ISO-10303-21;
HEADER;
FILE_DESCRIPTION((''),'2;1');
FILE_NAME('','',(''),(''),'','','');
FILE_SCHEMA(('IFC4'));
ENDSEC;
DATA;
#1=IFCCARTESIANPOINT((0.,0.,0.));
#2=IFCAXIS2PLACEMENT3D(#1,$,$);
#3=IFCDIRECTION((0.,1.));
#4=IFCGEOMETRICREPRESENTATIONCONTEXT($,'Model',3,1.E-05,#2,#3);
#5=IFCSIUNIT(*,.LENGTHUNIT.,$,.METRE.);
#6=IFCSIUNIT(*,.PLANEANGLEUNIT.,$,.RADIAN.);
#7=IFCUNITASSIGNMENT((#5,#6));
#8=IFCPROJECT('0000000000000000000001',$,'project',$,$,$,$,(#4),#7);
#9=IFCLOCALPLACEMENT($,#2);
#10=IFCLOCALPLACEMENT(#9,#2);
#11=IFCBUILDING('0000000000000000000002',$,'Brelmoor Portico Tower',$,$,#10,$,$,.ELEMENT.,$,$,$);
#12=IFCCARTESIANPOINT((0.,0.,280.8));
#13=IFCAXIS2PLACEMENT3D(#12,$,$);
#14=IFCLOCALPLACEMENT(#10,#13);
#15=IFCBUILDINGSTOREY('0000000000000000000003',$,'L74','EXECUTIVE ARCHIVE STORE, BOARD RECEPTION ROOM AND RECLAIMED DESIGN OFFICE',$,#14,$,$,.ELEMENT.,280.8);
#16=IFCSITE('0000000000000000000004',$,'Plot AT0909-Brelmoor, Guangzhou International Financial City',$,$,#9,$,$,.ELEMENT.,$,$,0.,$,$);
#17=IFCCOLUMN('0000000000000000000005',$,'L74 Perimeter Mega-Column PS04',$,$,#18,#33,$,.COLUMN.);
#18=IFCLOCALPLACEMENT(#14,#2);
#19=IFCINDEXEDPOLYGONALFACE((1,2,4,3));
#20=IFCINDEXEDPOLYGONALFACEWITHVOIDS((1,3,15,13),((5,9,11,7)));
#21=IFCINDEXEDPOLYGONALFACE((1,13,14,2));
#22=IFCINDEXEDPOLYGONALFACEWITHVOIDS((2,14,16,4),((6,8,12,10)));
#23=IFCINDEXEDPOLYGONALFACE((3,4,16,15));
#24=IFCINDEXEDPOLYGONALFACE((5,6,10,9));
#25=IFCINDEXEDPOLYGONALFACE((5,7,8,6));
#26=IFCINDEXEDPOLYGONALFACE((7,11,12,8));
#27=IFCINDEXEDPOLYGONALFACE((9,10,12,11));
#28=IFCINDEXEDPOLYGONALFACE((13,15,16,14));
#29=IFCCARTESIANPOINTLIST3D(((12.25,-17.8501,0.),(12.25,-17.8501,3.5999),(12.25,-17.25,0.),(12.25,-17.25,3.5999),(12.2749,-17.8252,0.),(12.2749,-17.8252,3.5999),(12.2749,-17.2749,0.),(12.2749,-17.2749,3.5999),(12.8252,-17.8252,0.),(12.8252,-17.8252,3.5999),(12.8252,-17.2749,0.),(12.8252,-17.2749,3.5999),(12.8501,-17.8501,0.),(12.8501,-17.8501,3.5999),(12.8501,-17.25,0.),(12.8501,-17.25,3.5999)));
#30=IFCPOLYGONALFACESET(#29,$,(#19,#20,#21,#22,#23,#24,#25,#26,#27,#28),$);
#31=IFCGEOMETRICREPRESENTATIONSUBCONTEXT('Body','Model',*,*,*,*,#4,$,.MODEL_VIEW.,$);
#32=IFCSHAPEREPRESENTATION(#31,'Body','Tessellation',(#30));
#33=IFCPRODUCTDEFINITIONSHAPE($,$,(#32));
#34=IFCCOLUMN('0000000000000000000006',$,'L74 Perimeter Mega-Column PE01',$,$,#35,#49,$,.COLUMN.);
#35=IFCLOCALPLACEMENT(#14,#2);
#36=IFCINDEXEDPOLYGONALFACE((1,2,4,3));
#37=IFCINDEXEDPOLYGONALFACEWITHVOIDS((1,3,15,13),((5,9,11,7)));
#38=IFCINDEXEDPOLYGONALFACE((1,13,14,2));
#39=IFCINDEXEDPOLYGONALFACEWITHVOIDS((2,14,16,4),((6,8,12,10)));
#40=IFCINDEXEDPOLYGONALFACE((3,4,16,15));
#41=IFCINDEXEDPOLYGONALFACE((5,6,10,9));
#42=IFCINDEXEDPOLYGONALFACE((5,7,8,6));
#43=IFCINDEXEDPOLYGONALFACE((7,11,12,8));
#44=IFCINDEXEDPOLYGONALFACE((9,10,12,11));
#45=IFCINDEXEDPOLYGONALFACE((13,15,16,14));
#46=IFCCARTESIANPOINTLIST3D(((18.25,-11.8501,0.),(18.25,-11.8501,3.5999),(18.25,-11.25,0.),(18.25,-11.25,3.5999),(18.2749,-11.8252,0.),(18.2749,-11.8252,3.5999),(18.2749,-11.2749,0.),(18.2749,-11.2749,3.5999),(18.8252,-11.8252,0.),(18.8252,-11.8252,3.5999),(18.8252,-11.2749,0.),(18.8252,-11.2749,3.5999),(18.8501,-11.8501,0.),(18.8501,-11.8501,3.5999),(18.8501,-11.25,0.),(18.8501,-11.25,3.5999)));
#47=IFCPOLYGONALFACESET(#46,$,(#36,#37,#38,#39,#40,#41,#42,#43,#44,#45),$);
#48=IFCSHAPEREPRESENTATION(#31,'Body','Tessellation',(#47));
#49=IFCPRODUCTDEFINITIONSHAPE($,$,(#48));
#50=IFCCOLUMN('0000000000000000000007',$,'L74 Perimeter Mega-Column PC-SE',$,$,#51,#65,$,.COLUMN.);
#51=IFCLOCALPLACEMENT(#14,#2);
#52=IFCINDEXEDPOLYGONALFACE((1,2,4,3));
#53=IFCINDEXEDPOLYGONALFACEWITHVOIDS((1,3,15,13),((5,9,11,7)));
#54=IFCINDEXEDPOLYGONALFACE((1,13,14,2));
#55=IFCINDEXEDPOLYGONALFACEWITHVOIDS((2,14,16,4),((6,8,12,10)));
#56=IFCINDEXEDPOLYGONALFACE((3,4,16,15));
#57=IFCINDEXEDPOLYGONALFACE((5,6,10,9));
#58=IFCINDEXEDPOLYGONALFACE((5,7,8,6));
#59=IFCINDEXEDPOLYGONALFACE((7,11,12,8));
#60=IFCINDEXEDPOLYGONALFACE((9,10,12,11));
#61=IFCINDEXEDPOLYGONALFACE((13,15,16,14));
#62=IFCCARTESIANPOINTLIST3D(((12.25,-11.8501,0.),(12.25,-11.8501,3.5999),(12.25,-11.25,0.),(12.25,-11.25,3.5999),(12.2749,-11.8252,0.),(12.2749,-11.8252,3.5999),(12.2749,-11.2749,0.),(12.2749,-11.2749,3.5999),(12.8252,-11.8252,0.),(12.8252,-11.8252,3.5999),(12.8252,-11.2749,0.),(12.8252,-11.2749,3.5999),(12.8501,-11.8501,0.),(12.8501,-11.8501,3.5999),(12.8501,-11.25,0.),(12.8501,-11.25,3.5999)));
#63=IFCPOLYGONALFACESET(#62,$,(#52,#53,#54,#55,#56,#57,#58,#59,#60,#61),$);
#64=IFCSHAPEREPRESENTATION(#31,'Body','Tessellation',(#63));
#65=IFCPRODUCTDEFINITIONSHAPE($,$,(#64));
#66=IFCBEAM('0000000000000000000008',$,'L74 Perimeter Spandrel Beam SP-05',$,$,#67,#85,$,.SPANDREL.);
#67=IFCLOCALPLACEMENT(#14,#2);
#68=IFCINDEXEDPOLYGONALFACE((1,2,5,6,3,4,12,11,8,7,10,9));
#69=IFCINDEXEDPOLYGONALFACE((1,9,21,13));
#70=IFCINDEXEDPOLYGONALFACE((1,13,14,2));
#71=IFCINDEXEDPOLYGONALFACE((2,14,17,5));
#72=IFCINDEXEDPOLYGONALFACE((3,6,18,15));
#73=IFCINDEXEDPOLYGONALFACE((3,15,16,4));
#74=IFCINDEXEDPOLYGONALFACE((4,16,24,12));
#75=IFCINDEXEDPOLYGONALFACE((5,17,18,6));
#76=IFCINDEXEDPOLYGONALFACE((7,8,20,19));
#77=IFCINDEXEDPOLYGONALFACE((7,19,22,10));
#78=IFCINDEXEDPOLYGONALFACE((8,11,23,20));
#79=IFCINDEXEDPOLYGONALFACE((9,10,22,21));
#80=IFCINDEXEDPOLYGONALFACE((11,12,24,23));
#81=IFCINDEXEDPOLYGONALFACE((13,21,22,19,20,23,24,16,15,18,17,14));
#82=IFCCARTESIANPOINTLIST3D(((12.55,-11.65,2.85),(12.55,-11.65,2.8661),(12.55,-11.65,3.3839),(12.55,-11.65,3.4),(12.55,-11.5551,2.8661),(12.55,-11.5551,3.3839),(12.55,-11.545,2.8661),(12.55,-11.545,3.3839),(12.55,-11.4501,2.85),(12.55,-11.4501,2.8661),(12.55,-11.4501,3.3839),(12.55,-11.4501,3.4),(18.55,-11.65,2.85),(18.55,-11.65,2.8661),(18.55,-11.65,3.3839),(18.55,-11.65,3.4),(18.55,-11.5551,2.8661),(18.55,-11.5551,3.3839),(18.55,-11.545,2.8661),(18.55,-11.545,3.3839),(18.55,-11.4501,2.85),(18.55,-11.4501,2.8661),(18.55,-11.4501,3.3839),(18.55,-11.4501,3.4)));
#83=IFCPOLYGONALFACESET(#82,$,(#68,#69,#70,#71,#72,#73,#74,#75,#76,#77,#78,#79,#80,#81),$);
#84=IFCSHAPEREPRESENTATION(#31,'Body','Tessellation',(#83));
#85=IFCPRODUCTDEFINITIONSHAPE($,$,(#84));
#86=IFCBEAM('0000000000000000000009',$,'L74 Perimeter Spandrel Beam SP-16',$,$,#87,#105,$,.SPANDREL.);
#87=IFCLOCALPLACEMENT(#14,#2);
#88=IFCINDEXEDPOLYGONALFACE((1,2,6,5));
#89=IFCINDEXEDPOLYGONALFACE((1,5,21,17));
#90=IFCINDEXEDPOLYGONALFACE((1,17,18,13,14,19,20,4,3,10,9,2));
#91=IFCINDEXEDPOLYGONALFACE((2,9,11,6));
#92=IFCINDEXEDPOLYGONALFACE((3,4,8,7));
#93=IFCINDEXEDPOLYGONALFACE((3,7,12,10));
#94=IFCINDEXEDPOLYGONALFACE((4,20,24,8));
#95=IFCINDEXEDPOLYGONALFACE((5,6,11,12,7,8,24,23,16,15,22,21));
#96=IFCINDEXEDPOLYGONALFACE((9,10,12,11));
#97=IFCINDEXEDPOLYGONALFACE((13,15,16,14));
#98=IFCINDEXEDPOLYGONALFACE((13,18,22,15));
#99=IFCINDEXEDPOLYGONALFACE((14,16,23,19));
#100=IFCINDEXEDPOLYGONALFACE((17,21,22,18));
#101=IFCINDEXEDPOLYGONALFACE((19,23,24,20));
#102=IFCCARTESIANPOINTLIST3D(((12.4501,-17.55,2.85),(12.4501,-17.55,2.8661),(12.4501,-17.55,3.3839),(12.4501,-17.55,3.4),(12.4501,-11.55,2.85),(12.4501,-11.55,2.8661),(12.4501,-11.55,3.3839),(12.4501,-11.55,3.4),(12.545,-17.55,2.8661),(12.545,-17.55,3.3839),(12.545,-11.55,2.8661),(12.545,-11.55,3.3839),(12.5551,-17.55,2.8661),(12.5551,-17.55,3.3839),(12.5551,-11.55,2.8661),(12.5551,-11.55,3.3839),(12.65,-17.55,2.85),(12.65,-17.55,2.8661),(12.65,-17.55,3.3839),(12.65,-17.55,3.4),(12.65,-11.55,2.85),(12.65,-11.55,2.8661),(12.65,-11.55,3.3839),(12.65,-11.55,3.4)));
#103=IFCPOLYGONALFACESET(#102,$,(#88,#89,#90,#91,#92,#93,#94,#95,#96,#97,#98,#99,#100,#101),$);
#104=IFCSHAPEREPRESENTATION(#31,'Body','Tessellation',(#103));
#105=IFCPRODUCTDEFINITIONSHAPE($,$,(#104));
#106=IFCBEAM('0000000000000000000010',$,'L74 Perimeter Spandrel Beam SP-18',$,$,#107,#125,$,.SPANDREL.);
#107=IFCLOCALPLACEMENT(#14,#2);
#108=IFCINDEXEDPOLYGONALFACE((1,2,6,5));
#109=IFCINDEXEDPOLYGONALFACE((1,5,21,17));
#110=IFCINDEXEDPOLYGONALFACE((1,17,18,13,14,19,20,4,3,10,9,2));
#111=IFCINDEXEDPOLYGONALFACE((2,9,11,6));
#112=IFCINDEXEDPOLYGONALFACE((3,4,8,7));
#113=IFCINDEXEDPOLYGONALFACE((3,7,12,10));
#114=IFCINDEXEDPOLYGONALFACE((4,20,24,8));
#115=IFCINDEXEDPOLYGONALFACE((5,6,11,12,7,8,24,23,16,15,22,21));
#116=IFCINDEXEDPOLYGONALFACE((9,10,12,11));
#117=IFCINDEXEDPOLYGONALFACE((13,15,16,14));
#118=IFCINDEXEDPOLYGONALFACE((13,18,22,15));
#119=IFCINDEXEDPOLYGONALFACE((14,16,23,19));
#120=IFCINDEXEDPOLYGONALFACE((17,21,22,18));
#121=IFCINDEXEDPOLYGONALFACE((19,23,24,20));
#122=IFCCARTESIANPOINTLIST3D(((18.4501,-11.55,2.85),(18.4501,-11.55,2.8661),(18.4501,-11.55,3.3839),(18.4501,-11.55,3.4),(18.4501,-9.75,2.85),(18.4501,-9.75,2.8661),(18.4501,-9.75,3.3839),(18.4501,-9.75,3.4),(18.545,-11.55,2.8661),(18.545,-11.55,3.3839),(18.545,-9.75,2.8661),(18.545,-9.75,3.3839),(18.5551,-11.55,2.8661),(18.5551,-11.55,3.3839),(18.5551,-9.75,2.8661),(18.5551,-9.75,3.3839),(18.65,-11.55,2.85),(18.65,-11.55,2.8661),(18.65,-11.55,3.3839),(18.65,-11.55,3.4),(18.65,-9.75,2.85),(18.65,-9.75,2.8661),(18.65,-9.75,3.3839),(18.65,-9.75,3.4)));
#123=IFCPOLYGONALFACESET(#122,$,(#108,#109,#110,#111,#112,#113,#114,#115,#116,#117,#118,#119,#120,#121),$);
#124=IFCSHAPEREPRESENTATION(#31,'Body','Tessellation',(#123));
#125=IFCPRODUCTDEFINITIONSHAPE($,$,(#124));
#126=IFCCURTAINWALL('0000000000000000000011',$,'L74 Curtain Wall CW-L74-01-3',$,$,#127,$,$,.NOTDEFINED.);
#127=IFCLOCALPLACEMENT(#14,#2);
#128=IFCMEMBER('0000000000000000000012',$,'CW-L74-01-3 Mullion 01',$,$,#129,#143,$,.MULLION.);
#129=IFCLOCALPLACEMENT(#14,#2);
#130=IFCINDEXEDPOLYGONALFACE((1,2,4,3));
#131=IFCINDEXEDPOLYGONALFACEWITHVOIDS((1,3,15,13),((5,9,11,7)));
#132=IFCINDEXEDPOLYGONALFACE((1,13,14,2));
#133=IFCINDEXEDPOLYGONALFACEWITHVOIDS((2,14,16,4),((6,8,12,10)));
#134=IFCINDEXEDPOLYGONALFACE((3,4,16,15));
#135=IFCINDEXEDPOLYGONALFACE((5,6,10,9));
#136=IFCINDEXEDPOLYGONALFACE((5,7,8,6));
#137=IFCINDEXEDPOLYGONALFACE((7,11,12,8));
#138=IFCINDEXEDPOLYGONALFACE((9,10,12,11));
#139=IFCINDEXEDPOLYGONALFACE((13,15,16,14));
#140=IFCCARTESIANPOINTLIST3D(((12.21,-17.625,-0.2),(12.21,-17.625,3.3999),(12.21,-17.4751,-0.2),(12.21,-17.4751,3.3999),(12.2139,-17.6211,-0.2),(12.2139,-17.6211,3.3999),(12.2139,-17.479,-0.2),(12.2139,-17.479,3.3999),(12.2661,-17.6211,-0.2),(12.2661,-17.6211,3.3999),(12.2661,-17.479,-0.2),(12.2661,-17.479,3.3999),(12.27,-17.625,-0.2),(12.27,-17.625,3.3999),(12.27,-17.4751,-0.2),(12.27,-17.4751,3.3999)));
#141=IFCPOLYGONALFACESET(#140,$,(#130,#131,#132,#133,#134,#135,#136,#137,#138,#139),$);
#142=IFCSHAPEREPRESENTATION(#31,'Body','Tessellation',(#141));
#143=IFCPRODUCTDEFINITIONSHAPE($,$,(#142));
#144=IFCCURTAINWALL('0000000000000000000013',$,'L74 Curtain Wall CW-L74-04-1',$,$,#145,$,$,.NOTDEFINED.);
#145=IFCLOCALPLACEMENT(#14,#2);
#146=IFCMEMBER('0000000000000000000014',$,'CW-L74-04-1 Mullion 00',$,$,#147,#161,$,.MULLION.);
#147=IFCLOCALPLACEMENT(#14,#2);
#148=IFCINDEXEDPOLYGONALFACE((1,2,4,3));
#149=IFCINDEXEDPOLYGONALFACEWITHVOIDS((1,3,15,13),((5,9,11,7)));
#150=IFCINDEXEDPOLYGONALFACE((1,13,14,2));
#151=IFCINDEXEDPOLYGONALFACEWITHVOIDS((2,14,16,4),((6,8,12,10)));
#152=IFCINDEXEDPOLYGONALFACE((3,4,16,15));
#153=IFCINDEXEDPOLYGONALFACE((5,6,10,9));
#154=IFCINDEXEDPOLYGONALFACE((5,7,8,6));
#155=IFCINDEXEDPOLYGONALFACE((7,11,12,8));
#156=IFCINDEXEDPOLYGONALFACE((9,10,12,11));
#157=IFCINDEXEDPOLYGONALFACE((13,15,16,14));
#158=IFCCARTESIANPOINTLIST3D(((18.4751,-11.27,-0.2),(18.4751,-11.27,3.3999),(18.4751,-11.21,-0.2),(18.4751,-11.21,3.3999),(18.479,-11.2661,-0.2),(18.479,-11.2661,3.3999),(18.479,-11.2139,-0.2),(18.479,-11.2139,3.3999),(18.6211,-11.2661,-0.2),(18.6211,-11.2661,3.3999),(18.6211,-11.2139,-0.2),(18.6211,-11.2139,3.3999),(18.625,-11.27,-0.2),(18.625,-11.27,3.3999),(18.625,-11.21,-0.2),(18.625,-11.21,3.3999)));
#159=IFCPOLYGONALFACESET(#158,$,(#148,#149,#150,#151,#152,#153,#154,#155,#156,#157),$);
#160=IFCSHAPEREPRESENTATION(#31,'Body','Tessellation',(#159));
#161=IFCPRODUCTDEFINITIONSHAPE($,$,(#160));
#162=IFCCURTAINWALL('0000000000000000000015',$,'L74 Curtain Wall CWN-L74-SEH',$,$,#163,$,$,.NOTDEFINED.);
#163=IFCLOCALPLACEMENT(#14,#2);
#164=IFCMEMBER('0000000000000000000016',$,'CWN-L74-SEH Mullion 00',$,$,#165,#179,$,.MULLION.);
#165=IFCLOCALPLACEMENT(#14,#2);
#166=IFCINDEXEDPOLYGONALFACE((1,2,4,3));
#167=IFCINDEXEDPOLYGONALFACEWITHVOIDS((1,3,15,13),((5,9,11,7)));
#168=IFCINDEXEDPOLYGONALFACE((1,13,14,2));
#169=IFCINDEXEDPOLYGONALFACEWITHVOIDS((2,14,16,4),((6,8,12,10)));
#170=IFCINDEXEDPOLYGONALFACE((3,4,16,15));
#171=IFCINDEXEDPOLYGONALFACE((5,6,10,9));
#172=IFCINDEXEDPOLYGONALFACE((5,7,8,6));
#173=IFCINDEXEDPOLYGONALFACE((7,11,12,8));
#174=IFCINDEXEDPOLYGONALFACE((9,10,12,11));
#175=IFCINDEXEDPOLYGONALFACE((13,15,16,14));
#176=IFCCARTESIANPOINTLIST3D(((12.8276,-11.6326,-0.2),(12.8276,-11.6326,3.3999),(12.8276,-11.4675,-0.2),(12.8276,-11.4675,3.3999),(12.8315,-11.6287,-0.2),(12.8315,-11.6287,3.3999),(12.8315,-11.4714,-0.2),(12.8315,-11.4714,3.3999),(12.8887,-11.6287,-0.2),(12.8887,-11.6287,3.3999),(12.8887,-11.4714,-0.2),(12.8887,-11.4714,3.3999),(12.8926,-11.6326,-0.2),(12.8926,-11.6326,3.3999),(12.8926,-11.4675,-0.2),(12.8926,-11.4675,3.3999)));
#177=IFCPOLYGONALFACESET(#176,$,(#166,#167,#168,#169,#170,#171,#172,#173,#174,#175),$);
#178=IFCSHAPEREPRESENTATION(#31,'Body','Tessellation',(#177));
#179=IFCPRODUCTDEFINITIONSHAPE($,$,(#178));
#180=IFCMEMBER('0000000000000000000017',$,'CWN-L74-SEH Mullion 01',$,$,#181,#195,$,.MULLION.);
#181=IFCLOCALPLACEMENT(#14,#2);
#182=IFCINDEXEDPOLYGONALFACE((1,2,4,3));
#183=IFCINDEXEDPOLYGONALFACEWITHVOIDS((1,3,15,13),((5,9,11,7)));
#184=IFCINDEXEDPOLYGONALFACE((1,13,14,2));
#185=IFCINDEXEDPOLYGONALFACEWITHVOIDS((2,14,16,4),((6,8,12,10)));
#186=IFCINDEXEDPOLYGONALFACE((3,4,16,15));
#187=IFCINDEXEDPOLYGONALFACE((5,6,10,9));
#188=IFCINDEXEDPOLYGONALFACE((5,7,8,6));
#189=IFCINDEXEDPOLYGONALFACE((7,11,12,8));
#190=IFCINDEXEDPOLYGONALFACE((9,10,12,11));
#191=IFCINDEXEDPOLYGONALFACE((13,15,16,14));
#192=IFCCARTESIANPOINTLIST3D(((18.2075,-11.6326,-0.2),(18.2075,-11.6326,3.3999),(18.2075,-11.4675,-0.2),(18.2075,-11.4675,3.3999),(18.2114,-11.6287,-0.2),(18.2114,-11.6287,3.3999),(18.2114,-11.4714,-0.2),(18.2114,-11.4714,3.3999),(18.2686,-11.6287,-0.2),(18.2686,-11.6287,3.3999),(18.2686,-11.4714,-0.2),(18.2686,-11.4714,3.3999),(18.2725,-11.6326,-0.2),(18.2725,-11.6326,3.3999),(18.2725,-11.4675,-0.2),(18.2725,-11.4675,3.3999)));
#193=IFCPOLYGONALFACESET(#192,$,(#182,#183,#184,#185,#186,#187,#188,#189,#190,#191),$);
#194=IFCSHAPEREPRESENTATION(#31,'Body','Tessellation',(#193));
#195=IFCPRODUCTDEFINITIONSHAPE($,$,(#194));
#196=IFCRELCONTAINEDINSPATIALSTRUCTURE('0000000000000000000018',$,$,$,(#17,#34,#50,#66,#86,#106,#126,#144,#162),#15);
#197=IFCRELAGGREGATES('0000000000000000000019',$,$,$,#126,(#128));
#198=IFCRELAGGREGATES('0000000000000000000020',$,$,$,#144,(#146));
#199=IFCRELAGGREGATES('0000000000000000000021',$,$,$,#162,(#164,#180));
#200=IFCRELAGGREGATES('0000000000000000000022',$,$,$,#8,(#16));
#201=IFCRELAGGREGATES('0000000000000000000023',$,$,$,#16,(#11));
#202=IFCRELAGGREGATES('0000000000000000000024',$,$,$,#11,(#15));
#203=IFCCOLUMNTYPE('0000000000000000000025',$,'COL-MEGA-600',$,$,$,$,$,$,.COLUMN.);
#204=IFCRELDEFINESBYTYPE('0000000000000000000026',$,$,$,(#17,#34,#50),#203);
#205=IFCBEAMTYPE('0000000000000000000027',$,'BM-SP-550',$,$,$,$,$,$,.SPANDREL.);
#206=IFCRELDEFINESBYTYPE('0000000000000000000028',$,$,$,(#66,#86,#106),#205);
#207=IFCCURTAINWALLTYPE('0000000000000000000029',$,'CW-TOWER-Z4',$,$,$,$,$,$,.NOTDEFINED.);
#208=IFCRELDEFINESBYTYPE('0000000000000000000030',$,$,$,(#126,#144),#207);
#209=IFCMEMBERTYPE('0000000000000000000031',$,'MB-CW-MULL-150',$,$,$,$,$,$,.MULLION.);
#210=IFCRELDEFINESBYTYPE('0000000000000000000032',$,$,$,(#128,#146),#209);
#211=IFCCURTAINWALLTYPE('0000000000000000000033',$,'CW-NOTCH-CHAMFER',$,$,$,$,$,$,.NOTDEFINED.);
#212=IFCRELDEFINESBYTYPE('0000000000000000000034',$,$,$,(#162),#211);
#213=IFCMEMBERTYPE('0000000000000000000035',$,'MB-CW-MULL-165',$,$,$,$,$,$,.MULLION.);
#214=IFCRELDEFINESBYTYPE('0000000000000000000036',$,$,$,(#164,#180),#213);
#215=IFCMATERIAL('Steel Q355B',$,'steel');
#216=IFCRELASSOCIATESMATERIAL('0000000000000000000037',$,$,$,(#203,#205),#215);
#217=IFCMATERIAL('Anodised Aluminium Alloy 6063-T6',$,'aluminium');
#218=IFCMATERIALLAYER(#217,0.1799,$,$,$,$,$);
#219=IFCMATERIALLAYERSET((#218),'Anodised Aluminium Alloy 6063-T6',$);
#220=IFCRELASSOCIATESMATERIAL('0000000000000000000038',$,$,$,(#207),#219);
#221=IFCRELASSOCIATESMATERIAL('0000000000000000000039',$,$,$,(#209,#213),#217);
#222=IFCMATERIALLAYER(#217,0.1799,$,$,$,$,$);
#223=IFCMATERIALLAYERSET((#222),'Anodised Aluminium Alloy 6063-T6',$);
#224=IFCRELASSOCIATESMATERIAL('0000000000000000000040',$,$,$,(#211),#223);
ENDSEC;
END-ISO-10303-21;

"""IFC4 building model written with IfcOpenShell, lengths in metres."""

from ifc_helpers import new_model, si_unit, direction, frame, origin, origin_2d, place, context, subcontext, project, spatial, hollow_rectangle, i_section, extrude, material, layer, layer_set, material_profile, profile_set, type_object, element, aggregate, save


model = new_model("IFC4")

# Units and contexts
model_context = context("Model", 3, precision=1e-05, world=origin(), true_north=direction((0.0, 1.0)))
body_context = subcontext(model_context, "Body", "Model", "MODEL_VIEW")
ifc_project = project(units=[si_unit("LENGTHUNIT", "METRE"), si_unit("PLANEANGLEUNIT", "RADIAN")], contexts=[model_context])

# Site, building, storey
site_placement = place(None, origin())
site = spatial("IfcSite", under=ifc_project, at=site_placement, Name="Plot AT0909-Brelmoor, Guangzhou International Financial City", CompositionType="ELEMENT", RefElevation=0.0)
building_placement = place(site_placement, origin())
building = spatial("IfcBuilding", under=site, at=building_placement, Name="Brelmoor Portico Tower", CompositionType="ELEMENT")
storey_placement = place(building_placement, frame((0.0, 0.0, 280.8)))
storey = spatial("IfcBuildingStorey", under=building, at=storey_placement, Name="L74", Description="EXECUTIVE ARCHIVE STORE, BOARD RECEPTION ROOM AND RECLAIMED DESIGN OFFICE", CompositionType="ELEMENT", Elevation=280.8)

# Columns
ifc_material_1 = material(Name="Steel Q355B", Category="steel")
ifc_material_profile_1 = material_profile(ifc_material_1, hollow_rectangle(XDim=0.6001, YDim=0.6001, WallThickness=0.0249, at=origin_2d()), Name="BOX 600x600x25")
ifc_profile_set_1 = profile_set([ifc_material_profile_1], Name="Steel Q355B")
column_type = type_object("IfcColumnType", Name="COL-MEGA-600", PredefinedType="COLUMN", material=ifc_profile_set_1)
for number, where, z_axis, x_axis, name in (
    (1, (12.55, -17.55, 0.0), (0.0, 0.0, 1.0), (1.0, 0.0, 0.0), "L74 Perimeter Mega-Column PS04"),
    (2, (18.55, -11.55, 0.0), (0.0, 0.0, 1.0), (0.0, 1.0, 0.0), "L74 Perimeter Mega-Column PE01"),
    (3, (12.55, -11.55, 0.0), (0.0, 0.0, 1.0), (1.0, 0.0, 0.0), "L74 Perimeter Mega-Column PC-SE"),
):
    element("IfcColumn", number, at=place(storey_placement, frame(where, z_axis=z_axis, x_axis=x_axis)), inside=storey, type_object=column_type, Name=name, PredefinedType="COLUMN", context=body_context, shape_type="SweptSolid", body=[
        extrude(hollow_rectangle(XDim=0.6001, YDim=0.6001, WallThickness=0.0249, at=origin_2d()), origin(), (0.0, 0.0, 1.0), 3.5999),
    ])

# Beams
ifc_material_profile_2 = material_profile(ifc_material_1, i_section(OverallWidth=0.2, OverallDepth=0.55, WebThickness=0.01, FlangeThickness=0.0161, at=origin_2d()), Name="HN 550x200x10x16")
ifc_profile_set_2 = profile_set([ifc_material_profile_2], Name="Steel Q355B")
beam_type = type_object("IfcBeamType", Name="BM-SP-550", PredefinedType="SPANDREL", material=ifc_profile_set_2)
for number, where, z_axis, x_axis, name in (
    (4, (12.55, -11.55, 3.125), (1.0, 0.0, 0.0), (0.0, 1.0, 0.0), "L74 Perimeter Spandrel Beam SP-05"),
    (5, (12.55, -17.55, 3.125), (0.0, 1.0, 0.0), (-1.0, 0.0, 0.0), "L74 Perimeter Spandrel Beam SP-16"),
):
    element("IfcBeam", number, at=place(storey_placement, frame(where, z_axis=z_axis, x_axis=x_axis)), inside=storey, type_object=beam_type, Name=name, PredefinedType="SPANDREL", context=body_context, shape_type="SweptSolid", body=[
        extrude(i_section(OverallWidth=0.2, OverallDepth=0.55, WebThickness=0.01, FlangeThickness=0.0161, at=origin_2d()), origin(), (0.0, 0.0, 1.0), 6.0),
    ])
beam_placement = place(storey_placement, frame((18.55, -11.55, 3.125), z_axis=(0.0, 1.0, 0.0), x_axis=(-1.0, 0.0, 0.0)))
element("IfcBeam", 6, at=beam_placement, inside=storey, type_object=beam_type, Name="L74 Perimeter Spandrel Beam SP-18", PredefinedType="SPANDREL", context=body_context, shape_type="SweptSolid", body=[
    extrude(i_section(OverallWidth=0.2, OverallDepth=0.55, WebThickness=0.01, FlangeThickness=0.0161, at=origin_2d()), origin(), (0.0, 0.0, 1.0), 1.8),
])

# Curtain walls, members
ifc_material_2 = material(Name="Anodised Aluminium Alloy 6063-T6", Category="aluminium")
ifc_layer_1 = layer(ifc_material_2, 0.1799)
ifc_layer_set_1 = layer_set([ifc_layer_1], Name="Anodised Aluminium Alloy 6063-T6")
curtain_wall_type_1 = type_object("IfcCurtainWallType", Name="CW-TOWER-Z4", PredefinedType="NOTDEFINED", material=ifc_layer_set_1)
curtain_wall_1_placement = place(storey_placement, origin())
curtain_wall_1 = element("IfcCurtainWall", 7, at=curtain_wall_1_placement, inside=storey, type_object=curtain_wall_type_1, Name="L74 Curtain Wall CW-L74-01-3", PredefinedType="NOTDEFINED")
ifc_material_profile_3 = material_profile(ifc_material_2, hollow_rectangle(XDim=0.0601, YDim=0.1499, WallThickness=0.0039, at=origin_2d()), Name="ALU MULLION 60x150")
ifc_profile_set_3 = profile_set([ifc_material_profile_3], Name="Anodised Aluminium Alloy 6063-T6")
member_type_1 = type_object("IfcMemberType", Name="MB-CW-MULL-150", PredefinedType="MULLION", material=ifc_profile_set_3)
member_1_placement = place(storey_placement, frame((12.24, -17.55, -0.2), z_axis=(0.0, 0.0, 1.0), x_axis=(1.0, 0.0, 0.0)))
member_1 = element("IfcMember", 8, at=member_1_placement, type_object=member_type_1, Name="CW-L74-01-3 Mullion 01", PredefinedType="MULLION", context=body_context, shape_type="SweptSolid", body=[
    extrude(hollow_rectangle(XDim=0.0601, YDim=0.1499, WallThickness=0.0039, at=origin_2d()), origin(), (0.0, 0.0, 1.0), 3.5999),
])
aggregate(curtain_wall_1, [member_1])
curtain_wall_2_placement = place(storey_placement, origin())
curtain_wall_2 = element("IfcCurtainWall", 9, at=curtain_wall_2_placement, inside=storey, type_object=curtain_wall_type_1, Name="L74 Curtain Wall CW-L74-04-1", PredefinedType="NOTDEFINED")
member_2_placement = place(storey_placement, frame((18.55, -11.24, -0.2), z_axis=(0.0, 0.0, 1.0), x_axis=(0.0, 1.0, 0.0)))
member_2 = element("IfcMember", 10, at=member_2_placement, type_object=member_type_1, Name="CW-L74-04-1 Mullion 00", PredefinedType="MULLION", context=body_context, shape_type="SweptSolid", body=[
    extrude(hollow_rectangle(XDim=0.0601, YDim=0.1499, WallThickness=0.0039, at=origin_2d()), origin(), (0.0, 0.0, 1.0), 3.5999),
])
aggregate(curtain_wall_2, [member_2])

# Curtain wall, members
ifc_layer_2 = layer(ifc_material_2, 0.1799)
ifc_layer_set_2 = layer_set([ifc_layer_2], Name="Anodised Aluminium Alloy 6063-T6")
curtain_wall_type_2 = type_object("IfcCurtainWallType", Name="CW-NOTCH-CHAMFER", PredefinedType="NOTDEFINED", material=ifc_layer_set_2)
curtain_wall_3_placement = place(storey_placement, origin())
curtain_wall_3 = element("IfcCurtainWall", 11, at=curtain_wall_3_placement, inside=storey, type_object=curtain_wall_type_2, Name="L74 Curtain Wall CWN-L74-SEH", PredefinedType="NOTDEFINED")
ifc_material_profile_4 = material_profile(ifc_material_2, hollow_rectangle(XDim=0.0649, YDim=0.165, WallThickness=0.0039, at=origin_2d()), Name="ALU MULLION 65x165")
ifc_profile_set_4 = profile_set([ifc_material_profile_4], Name="Anodised Aluminium Alloy 6063-T6")
member_type_2 = type_object("IfcMemberType", Name="MB-CW-MULL-165", PredefinedType="MULLION", material=ifc_profile_set_4)
member_3_placement = place(storey_placement, frame((12.8601, -11.55, -0.2), z_axis=(0.0, 0.0, 1.0), x_axis=(1.0, 0.0, 0.0)))
member_3 = element("IfcMember", 12, at=member_3_placement, type_object=member_type_2, Name="CWN-L74-SEH Mullion 00", PredefinedType="MULLION", context=body_context, shape_type="SweptSolid", body=[
    extrude(hollow_rectangle(XDim=0.0649, YDim=0.165, WallThickness=0.0039, at=origin_2d()), origin(), (0.0, 0.0, 1.0), 3.5999),
])
member_4_placement = place(storey_placement, frame((18.24, -11.55, -0.2), z_axis=(0.0, 0.0, 1.0), x_axis=(1.0, 0.0, 0.0)))
member_4 = element("IfcMember", 13, at=member_4_placement, type_object=member_type_2, Name="CWN-L74-SEH Mullion 01", PredefinedType="MULLION", context=body_context, shape_type="SweptSolid", body=[
    extrude(hollow_rectangle(XDim=0.0649, YDim=0.165, WallThickness=0.0039, at=origin_2d()), origin(), (0.0, 0.0, 1.0), 3.5999),
])

aggregate(curtain_wall_3, [member_3, member_4])

save(model, "model.ifc")
